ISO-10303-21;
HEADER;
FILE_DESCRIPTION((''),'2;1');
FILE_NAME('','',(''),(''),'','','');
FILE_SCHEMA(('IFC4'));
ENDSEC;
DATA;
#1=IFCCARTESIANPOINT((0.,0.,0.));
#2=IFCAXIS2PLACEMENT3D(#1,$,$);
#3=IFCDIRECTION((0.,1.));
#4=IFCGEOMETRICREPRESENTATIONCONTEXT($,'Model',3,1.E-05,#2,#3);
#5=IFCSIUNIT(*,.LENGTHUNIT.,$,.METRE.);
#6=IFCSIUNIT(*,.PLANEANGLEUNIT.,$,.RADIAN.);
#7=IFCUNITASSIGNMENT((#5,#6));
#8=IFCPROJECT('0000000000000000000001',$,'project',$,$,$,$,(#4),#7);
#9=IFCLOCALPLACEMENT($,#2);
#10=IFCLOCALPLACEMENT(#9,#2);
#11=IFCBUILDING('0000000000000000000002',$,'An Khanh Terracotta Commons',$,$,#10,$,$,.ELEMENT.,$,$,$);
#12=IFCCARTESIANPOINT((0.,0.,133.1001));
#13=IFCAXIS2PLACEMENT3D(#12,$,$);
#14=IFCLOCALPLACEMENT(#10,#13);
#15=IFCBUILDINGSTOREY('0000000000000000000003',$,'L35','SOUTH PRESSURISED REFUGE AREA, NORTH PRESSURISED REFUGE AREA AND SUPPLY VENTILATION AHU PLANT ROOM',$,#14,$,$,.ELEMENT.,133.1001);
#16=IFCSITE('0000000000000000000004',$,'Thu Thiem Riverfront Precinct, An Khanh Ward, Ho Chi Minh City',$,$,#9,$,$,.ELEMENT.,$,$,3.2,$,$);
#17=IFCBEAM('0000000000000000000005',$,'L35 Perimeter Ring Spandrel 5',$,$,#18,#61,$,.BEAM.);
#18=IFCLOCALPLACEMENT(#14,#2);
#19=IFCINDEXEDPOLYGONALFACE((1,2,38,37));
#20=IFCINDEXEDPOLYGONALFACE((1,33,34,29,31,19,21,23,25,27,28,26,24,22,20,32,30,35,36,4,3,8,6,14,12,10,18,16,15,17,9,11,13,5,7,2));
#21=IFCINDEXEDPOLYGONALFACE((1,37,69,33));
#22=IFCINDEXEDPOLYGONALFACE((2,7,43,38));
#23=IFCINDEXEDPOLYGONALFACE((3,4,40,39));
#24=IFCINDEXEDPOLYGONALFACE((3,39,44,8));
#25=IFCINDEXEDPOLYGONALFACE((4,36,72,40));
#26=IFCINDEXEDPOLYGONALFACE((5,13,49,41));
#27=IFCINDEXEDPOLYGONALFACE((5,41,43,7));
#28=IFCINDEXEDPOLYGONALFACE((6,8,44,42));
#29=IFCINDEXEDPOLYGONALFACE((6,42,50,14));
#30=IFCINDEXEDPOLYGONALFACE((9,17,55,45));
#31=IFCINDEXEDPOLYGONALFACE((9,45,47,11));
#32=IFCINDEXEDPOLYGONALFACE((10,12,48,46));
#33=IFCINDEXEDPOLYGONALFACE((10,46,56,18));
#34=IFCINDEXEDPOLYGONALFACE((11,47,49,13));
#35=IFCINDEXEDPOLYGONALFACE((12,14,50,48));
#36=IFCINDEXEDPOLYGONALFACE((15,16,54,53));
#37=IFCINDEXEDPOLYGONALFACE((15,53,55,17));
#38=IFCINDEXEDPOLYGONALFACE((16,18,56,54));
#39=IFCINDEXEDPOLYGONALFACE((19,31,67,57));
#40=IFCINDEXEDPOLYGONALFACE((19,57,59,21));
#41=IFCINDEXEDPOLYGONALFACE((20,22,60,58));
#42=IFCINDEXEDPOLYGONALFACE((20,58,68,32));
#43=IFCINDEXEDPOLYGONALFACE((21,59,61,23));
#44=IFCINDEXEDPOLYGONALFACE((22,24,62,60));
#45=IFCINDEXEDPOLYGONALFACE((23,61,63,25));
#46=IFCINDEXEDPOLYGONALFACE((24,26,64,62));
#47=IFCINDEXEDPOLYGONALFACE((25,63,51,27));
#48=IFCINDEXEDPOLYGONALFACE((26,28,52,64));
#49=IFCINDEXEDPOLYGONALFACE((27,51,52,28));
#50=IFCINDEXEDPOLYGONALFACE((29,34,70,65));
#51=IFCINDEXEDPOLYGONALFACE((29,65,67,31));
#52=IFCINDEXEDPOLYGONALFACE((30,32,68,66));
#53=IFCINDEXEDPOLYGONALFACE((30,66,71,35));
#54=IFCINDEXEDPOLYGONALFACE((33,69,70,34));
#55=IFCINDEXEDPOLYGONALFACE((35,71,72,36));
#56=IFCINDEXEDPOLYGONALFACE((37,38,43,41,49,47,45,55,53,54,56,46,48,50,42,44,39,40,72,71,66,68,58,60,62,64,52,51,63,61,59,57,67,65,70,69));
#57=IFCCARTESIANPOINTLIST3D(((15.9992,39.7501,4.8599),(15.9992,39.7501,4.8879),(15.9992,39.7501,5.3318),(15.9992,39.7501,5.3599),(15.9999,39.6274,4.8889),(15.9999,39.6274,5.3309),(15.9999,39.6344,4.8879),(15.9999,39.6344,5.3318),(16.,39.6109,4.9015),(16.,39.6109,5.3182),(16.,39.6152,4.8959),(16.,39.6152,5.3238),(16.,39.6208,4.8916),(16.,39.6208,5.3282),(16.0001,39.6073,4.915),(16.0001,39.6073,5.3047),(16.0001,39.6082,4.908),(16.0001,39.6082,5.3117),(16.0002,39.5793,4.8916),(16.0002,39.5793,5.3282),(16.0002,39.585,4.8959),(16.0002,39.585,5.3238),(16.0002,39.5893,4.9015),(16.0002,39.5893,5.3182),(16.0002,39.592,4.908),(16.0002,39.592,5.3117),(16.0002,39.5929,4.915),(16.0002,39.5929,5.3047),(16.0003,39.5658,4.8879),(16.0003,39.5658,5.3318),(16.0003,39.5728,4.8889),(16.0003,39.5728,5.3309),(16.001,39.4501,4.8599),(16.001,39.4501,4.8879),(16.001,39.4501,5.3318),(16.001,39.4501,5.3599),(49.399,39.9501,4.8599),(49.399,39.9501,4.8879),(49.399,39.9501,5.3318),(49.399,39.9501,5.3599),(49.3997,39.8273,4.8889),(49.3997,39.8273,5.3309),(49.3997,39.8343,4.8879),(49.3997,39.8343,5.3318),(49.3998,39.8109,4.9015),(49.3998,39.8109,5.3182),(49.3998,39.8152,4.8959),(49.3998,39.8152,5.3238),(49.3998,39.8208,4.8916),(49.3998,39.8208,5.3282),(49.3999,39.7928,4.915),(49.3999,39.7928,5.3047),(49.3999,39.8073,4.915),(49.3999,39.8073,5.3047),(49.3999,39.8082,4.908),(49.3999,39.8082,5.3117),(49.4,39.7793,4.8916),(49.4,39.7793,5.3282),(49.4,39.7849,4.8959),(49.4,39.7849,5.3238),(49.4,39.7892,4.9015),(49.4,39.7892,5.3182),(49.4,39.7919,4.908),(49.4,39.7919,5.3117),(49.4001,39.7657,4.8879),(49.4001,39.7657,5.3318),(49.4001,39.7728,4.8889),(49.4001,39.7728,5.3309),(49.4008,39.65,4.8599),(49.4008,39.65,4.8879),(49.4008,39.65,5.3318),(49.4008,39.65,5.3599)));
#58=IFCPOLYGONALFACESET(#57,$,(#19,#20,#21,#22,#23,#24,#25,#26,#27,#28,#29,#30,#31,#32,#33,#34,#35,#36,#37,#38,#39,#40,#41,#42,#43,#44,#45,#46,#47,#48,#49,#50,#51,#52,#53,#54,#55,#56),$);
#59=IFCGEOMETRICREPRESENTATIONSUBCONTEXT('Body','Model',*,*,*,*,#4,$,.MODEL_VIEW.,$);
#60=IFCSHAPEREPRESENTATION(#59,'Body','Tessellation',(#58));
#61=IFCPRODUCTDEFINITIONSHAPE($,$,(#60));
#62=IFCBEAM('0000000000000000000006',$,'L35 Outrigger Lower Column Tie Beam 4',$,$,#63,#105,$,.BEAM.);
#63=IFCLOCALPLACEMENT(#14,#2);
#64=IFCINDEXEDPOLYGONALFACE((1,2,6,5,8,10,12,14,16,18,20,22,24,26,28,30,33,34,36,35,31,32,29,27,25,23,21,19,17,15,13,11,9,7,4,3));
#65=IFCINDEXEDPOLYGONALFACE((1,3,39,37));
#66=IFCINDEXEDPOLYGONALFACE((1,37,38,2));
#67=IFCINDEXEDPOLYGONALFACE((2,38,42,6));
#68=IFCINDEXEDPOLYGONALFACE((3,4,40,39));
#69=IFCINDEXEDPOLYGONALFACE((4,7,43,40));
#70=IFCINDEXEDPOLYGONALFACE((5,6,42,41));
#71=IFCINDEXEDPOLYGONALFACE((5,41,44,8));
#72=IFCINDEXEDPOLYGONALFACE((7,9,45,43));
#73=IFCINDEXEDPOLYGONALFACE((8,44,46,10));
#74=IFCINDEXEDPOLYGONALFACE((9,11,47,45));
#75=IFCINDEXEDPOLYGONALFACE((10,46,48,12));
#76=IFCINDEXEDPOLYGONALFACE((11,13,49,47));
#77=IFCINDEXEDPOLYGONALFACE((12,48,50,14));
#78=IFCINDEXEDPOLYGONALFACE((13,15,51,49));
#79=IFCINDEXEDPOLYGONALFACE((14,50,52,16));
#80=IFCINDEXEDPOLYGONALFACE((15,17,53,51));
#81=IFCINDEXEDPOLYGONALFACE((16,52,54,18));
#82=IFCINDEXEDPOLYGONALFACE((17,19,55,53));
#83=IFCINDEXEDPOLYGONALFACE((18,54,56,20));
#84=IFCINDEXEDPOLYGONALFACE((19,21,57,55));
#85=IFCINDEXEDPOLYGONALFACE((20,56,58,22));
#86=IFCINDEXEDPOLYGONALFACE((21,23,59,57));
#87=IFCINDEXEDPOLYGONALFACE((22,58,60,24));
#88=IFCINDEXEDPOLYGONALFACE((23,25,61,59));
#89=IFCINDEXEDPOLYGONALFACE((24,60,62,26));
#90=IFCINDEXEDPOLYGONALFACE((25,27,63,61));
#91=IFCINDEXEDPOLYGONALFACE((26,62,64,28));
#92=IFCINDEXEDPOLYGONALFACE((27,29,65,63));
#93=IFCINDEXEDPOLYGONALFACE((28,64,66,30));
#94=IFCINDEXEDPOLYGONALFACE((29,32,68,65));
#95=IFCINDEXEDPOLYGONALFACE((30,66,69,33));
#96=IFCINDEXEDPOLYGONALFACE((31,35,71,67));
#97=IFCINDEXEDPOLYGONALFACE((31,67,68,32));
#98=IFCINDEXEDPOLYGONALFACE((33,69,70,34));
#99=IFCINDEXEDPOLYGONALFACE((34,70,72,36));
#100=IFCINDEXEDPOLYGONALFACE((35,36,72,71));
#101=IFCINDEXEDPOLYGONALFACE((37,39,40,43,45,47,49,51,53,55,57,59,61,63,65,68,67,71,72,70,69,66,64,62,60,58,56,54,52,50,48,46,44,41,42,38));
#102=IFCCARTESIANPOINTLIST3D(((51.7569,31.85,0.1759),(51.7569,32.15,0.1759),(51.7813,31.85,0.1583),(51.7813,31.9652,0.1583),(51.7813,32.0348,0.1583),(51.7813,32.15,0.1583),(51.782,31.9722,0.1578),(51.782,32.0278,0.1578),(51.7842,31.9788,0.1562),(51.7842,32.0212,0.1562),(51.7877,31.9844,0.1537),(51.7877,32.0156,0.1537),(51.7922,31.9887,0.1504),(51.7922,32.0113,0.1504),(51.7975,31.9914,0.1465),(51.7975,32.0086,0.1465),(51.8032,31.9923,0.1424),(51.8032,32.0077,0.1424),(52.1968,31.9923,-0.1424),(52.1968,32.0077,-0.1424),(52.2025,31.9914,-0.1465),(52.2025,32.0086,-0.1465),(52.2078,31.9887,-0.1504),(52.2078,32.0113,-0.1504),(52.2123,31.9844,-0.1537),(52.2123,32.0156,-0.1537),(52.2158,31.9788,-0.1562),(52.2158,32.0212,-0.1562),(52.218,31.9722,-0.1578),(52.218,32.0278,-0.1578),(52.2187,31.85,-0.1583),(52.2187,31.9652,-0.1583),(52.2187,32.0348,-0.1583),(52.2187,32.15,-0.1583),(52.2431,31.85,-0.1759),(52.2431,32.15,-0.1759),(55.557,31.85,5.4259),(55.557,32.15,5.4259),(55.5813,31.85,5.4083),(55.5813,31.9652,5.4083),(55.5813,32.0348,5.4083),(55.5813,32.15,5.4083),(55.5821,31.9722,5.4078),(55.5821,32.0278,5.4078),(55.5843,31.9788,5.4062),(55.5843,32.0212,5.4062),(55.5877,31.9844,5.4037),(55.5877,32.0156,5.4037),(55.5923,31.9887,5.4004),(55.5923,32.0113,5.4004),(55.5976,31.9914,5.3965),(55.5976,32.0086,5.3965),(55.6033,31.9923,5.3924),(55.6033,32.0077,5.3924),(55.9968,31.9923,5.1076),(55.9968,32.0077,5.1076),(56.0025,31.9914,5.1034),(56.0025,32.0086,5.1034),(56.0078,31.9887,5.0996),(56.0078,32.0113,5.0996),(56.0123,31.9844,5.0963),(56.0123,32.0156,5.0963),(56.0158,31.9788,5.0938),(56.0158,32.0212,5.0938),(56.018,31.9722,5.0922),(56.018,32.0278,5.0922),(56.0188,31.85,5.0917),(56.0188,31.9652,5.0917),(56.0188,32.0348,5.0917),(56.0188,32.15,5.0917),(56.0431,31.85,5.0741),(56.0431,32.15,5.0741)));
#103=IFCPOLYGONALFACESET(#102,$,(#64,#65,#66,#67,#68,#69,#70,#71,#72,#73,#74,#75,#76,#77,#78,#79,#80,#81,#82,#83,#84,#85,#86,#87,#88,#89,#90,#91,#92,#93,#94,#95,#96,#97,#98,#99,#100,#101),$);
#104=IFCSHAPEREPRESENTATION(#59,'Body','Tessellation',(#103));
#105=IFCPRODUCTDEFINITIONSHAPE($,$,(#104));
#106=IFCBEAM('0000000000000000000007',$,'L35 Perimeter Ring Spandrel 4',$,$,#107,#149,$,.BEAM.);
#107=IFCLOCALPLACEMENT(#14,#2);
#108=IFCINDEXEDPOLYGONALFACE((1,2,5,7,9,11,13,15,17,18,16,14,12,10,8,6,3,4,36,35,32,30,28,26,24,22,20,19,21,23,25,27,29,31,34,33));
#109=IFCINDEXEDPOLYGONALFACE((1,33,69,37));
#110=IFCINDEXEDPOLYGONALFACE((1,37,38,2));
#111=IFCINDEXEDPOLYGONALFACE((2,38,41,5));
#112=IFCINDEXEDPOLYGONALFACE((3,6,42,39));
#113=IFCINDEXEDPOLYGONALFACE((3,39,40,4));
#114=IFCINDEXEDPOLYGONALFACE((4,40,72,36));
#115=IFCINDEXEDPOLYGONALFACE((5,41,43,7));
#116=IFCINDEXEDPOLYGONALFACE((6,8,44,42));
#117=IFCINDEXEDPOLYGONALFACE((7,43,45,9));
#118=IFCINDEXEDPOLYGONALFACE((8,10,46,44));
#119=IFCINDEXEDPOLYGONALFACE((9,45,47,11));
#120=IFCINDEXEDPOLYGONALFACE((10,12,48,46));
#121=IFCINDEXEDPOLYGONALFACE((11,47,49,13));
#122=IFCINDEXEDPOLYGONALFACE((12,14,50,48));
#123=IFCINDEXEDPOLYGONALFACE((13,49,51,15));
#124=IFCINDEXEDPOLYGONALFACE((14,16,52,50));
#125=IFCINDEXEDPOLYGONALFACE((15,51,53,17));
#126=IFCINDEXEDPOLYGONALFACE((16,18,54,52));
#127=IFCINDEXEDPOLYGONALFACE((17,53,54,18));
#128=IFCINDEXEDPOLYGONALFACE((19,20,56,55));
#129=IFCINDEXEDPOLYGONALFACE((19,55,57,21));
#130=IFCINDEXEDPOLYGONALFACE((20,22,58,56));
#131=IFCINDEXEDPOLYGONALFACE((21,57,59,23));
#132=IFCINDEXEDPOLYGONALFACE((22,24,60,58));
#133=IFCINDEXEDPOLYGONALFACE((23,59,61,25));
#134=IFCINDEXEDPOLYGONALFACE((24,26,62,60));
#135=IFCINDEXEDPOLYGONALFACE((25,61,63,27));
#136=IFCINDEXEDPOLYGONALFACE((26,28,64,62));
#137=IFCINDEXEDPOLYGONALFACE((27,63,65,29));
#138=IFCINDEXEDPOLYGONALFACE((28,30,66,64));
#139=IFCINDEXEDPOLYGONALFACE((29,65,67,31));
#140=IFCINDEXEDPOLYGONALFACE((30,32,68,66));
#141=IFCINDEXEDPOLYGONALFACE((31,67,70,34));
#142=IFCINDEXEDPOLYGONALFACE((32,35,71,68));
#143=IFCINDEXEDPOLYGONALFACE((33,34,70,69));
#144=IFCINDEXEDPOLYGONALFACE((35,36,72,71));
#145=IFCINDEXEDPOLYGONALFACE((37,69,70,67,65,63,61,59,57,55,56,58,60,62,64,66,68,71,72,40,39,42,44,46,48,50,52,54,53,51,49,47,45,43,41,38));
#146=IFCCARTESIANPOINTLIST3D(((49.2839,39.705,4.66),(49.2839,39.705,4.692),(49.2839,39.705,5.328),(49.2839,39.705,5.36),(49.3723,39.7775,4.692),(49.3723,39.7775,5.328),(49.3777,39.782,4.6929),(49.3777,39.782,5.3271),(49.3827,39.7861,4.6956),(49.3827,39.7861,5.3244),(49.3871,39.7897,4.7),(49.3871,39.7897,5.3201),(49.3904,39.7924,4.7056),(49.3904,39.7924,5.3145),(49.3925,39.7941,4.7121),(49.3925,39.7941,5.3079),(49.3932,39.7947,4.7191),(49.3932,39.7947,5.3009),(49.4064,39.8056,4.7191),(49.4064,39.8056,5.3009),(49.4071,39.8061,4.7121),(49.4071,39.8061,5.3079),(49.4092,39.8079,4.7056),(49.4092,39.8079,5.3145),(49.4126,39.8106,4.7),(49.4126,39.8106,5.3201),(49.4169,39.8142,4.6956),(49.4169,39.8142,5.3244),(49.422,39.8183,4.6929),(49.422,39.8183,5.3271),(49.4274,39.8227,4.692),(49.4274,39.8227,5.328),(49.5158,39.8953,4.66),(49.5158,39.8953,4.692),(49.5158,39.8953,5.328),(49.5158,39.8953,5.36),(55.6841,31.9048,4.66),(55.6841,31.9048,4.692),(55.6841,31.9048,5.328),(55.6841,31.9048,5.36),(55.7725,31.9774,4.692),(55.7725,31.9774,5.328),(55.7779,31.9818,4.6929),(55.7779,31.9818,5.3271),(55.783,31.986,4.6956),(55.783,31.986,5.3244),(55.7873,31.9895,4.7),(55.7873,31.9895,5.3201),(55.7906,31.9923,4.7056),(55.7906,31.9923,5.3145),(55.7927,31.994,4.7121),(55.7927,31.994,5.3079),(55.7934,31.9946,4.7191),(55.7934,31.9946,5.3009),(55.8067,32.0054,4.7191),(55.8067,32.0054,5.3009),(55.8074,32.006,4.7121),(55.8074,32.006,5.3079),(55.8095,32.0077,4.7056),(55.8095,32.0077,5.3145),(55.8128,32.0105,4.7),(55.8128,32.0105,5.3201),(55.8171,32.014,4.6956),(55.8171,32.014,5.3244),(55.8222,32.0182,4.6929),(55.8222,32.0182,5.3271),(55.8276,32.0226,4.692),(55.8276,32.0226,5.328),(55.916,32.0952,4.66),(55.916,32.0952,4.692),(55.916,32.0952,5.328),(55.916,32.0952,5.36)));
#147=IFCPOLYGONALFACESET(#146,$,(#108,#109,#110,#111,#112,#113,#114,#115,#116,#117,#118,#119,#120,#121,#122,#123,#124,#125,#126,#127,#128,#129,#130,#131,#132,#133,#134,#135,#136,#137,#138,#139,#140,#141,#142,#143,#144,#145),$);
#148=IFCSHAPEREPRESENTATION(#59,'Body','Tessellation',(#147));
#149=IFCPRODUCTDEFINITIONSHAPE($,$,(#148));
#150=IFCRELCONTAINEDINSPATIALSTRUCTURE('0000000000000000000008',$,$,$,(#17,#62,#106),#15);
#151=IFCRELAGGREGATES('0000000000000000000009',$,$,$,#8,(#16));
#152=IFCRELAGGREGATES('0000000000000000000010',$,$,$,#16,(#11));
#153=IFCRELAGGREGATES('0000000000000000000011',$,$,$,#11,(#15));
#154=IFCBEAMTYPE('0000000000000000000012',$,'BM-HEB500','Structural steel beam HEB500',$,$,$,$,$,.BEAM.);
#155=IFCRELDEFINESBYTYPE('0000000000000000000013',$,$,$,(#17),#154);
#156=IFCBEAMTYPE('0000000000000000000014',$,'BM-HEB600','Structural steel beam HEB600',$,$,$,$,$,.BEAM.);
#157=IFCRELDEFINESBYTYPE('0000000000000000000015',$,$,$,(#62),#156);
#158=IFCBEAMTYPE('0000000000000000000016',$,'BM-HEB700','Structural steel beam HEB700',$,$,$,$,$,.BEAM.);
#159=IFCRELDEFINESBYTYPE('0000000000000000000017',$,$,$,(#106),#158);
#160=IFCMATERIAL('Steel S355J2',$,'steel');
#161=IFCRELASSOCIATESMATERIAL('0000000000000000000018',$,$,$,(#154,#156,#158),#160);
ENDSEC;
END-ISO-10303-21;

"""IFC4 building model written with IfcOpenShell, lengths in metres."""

from ifc_helpers import new_model, si_unit, direction, frame, origin, origin_2d, place, context, subcontext, project, spatial, i_section, extrude, material, material_profile, profile_set, type_object, element, save


model = new_model("IFC4")

# Units and contexts
model_context = context("Model", 3, precision=1e-05, world=origin(), true_north=direction((0.0, 1.0)))
body_context = subcontext(model_context, "Body", "Model", "MODEL_VIEW")
ifc_project = project(units=[si_unit("LENGTHUNIT", "METRE"), si_unit("PLANEANGLEUNIT", "RADIAN")], contexts=[model_context])

# Site, building, storey
site_placement = place(None, origin())
site = spatial("IfcSite", under=ifc_project, at=site_placement, Name="Thu Thiem Riverfront Precinct, An Khanh Ward, Ho Chi Minh City", CompositionType="ELEMENT", RefElevation=3.2)
building_placement = place(site_placement, origin())
building = spatial("IfcBuilding", under=site, at=building_placement, Name="An Khanh Terracotta Commons", CompositionType="ELEMENT")
storey_placement = place(building_placement, frame((0.0, 0.0, 133.1001)))
storey = spatial("IfcBuildingStorey", under=building, at=storey_placement, Name="L35", Description="SOUTH PRESSURISED REFUGE AREA, NORTH PRESSURISED REFUGE AREA AND SUPPLY VENTILATION AHU PLANT ROOM", CompositionType="ELEMENT", Elevation=133.1001)

# Beams
ifc_material_1 = material(Name="Steel S355J2", Category="steel")
ifc_material_profile_1 = material_profile(ifc_material_1, i_section(OverallWidth=0.3, OverallDepth=0.5, WebThickness=0.0144, FlangeThickness=0.0281, FilletRadius=0.0271, at=origin_2d()), Name="HEB500")
ifc_profile_set_1 = profile_set([ifc_material_profile_1], Name="Steel S355J2")
beam_type_1 = type_object("IfcBeamType", Name="BM-HEB500", Description="Structural steel beam HEB500", PredefinedType="BEAM", material=ifc_profile_set_1)
beam_1_placement = place(storey_placement, frame((49.3999, 39.8, 5.1099), z_axis=(-0.999982, -0.005986, 0.0), x_axis=(0.005986, -0.999982, 0.0)))
element("IfcBeam", 1, at=beam_1_placement, inside=storey, type_object=beam_type_1, Name="L35 Perimeter Ring Spandrel 5", PredefinedType="BEAM", context=body_context, shape_type="SweptSolid", body=[
    extrude(i_section(OverallWidth=0.3, OverallDepth=0.5, WebThickness=0.0144, FlangeThickness=0.0281, FilletRadius=0.0271, at=origin_2d()), origin(), (0.0, 0.0, 1.0), 33.4004),
])
ifc_material_profile_2 = material_profile(ifc_material_1, i_section(OverallWidth=0.3, OverallDepth=0.6001, WebThickness=0.0154, FlangeThickness=0.03, FilletRadius=0.0271, at=origin_2d()), Name="HEB600")
ifc_profile_set_2 = profile_set([ifc_material_profile_2], Name="Steel S355J2")
beam_type_2 = type_object("IfcBeamType", Name="BM-HEB600", Description="Structural steel beam HEB600", PredefinedType="BEAM", material=ifc_profile_set_2)
beam_2_placement = place(storey_placement, frame((52.0, 32.0, 0.0), z_axis=(0.58634, 0.0, 0.810065), x_axis=(0.0, 1.0, 0.0)))
element("IfcBeam", 2, at=beam_2_placement, inside=storey, type_object=beam_type_2, Name="L35 Outrigger Lower Column Tie Beam 4", PredefinedType="BEAM", context=body_context, shape_type="SweptSolid", body=[
    extrude(i_section(OverallWidth=0.3, OverallDepth=0.6001, WebThickness=0.0154, FlangeThickness=0.03, FilletRadius=0.0271, at=origin_2d()), origin(), (0.0, 0.0, 1.0), 6.481),
])
ifc_material_profile_3 = material_profile(ifc_material_1, i_section(OverallWidth=0.3, OverallDepth=0.7, WebThickness=0.0171, FlangeThickness=0.032, FilletRadius=0.0271, at=origin_2d()), Name="HEB700")
ifc_profile_set_3 = profile_set([ifc_material_profile_3], Name="Steel S355J2")
beam_type_3 = type_object("IfcBeamType", Name="BM-HEB700", Description="Structural steel beam HEB700", PredefinedType="BEAM", material=ifc_profile_set_3)
beam_3_placement = place(storey_placement, frame((55.8, 32.0, 5.01), z_axis=(-0.634323, 0.773068, 0.0), x_axis=(-0.773068, -0.634323, 0.0)))
element("IfcBeam", 3, at=beam_3_placement, inside=storey, type_object=beam_type_3, Name="L35 Perimeter Ring Spandrel 4", PredefinedType="BEAM", context=body_context, shape_type="SweptSolid", body=[
    extrude(i_section(OverallWidth=0.3, OverallDepth=0.7, WebThickness=0.0171, FlangeThickness=0.032, FilletRadius=0.0271, at=origin_2d()), origin(), (0.0, 0.0, 1.0), 10.0898),
])

save(model, "model.ifc")
